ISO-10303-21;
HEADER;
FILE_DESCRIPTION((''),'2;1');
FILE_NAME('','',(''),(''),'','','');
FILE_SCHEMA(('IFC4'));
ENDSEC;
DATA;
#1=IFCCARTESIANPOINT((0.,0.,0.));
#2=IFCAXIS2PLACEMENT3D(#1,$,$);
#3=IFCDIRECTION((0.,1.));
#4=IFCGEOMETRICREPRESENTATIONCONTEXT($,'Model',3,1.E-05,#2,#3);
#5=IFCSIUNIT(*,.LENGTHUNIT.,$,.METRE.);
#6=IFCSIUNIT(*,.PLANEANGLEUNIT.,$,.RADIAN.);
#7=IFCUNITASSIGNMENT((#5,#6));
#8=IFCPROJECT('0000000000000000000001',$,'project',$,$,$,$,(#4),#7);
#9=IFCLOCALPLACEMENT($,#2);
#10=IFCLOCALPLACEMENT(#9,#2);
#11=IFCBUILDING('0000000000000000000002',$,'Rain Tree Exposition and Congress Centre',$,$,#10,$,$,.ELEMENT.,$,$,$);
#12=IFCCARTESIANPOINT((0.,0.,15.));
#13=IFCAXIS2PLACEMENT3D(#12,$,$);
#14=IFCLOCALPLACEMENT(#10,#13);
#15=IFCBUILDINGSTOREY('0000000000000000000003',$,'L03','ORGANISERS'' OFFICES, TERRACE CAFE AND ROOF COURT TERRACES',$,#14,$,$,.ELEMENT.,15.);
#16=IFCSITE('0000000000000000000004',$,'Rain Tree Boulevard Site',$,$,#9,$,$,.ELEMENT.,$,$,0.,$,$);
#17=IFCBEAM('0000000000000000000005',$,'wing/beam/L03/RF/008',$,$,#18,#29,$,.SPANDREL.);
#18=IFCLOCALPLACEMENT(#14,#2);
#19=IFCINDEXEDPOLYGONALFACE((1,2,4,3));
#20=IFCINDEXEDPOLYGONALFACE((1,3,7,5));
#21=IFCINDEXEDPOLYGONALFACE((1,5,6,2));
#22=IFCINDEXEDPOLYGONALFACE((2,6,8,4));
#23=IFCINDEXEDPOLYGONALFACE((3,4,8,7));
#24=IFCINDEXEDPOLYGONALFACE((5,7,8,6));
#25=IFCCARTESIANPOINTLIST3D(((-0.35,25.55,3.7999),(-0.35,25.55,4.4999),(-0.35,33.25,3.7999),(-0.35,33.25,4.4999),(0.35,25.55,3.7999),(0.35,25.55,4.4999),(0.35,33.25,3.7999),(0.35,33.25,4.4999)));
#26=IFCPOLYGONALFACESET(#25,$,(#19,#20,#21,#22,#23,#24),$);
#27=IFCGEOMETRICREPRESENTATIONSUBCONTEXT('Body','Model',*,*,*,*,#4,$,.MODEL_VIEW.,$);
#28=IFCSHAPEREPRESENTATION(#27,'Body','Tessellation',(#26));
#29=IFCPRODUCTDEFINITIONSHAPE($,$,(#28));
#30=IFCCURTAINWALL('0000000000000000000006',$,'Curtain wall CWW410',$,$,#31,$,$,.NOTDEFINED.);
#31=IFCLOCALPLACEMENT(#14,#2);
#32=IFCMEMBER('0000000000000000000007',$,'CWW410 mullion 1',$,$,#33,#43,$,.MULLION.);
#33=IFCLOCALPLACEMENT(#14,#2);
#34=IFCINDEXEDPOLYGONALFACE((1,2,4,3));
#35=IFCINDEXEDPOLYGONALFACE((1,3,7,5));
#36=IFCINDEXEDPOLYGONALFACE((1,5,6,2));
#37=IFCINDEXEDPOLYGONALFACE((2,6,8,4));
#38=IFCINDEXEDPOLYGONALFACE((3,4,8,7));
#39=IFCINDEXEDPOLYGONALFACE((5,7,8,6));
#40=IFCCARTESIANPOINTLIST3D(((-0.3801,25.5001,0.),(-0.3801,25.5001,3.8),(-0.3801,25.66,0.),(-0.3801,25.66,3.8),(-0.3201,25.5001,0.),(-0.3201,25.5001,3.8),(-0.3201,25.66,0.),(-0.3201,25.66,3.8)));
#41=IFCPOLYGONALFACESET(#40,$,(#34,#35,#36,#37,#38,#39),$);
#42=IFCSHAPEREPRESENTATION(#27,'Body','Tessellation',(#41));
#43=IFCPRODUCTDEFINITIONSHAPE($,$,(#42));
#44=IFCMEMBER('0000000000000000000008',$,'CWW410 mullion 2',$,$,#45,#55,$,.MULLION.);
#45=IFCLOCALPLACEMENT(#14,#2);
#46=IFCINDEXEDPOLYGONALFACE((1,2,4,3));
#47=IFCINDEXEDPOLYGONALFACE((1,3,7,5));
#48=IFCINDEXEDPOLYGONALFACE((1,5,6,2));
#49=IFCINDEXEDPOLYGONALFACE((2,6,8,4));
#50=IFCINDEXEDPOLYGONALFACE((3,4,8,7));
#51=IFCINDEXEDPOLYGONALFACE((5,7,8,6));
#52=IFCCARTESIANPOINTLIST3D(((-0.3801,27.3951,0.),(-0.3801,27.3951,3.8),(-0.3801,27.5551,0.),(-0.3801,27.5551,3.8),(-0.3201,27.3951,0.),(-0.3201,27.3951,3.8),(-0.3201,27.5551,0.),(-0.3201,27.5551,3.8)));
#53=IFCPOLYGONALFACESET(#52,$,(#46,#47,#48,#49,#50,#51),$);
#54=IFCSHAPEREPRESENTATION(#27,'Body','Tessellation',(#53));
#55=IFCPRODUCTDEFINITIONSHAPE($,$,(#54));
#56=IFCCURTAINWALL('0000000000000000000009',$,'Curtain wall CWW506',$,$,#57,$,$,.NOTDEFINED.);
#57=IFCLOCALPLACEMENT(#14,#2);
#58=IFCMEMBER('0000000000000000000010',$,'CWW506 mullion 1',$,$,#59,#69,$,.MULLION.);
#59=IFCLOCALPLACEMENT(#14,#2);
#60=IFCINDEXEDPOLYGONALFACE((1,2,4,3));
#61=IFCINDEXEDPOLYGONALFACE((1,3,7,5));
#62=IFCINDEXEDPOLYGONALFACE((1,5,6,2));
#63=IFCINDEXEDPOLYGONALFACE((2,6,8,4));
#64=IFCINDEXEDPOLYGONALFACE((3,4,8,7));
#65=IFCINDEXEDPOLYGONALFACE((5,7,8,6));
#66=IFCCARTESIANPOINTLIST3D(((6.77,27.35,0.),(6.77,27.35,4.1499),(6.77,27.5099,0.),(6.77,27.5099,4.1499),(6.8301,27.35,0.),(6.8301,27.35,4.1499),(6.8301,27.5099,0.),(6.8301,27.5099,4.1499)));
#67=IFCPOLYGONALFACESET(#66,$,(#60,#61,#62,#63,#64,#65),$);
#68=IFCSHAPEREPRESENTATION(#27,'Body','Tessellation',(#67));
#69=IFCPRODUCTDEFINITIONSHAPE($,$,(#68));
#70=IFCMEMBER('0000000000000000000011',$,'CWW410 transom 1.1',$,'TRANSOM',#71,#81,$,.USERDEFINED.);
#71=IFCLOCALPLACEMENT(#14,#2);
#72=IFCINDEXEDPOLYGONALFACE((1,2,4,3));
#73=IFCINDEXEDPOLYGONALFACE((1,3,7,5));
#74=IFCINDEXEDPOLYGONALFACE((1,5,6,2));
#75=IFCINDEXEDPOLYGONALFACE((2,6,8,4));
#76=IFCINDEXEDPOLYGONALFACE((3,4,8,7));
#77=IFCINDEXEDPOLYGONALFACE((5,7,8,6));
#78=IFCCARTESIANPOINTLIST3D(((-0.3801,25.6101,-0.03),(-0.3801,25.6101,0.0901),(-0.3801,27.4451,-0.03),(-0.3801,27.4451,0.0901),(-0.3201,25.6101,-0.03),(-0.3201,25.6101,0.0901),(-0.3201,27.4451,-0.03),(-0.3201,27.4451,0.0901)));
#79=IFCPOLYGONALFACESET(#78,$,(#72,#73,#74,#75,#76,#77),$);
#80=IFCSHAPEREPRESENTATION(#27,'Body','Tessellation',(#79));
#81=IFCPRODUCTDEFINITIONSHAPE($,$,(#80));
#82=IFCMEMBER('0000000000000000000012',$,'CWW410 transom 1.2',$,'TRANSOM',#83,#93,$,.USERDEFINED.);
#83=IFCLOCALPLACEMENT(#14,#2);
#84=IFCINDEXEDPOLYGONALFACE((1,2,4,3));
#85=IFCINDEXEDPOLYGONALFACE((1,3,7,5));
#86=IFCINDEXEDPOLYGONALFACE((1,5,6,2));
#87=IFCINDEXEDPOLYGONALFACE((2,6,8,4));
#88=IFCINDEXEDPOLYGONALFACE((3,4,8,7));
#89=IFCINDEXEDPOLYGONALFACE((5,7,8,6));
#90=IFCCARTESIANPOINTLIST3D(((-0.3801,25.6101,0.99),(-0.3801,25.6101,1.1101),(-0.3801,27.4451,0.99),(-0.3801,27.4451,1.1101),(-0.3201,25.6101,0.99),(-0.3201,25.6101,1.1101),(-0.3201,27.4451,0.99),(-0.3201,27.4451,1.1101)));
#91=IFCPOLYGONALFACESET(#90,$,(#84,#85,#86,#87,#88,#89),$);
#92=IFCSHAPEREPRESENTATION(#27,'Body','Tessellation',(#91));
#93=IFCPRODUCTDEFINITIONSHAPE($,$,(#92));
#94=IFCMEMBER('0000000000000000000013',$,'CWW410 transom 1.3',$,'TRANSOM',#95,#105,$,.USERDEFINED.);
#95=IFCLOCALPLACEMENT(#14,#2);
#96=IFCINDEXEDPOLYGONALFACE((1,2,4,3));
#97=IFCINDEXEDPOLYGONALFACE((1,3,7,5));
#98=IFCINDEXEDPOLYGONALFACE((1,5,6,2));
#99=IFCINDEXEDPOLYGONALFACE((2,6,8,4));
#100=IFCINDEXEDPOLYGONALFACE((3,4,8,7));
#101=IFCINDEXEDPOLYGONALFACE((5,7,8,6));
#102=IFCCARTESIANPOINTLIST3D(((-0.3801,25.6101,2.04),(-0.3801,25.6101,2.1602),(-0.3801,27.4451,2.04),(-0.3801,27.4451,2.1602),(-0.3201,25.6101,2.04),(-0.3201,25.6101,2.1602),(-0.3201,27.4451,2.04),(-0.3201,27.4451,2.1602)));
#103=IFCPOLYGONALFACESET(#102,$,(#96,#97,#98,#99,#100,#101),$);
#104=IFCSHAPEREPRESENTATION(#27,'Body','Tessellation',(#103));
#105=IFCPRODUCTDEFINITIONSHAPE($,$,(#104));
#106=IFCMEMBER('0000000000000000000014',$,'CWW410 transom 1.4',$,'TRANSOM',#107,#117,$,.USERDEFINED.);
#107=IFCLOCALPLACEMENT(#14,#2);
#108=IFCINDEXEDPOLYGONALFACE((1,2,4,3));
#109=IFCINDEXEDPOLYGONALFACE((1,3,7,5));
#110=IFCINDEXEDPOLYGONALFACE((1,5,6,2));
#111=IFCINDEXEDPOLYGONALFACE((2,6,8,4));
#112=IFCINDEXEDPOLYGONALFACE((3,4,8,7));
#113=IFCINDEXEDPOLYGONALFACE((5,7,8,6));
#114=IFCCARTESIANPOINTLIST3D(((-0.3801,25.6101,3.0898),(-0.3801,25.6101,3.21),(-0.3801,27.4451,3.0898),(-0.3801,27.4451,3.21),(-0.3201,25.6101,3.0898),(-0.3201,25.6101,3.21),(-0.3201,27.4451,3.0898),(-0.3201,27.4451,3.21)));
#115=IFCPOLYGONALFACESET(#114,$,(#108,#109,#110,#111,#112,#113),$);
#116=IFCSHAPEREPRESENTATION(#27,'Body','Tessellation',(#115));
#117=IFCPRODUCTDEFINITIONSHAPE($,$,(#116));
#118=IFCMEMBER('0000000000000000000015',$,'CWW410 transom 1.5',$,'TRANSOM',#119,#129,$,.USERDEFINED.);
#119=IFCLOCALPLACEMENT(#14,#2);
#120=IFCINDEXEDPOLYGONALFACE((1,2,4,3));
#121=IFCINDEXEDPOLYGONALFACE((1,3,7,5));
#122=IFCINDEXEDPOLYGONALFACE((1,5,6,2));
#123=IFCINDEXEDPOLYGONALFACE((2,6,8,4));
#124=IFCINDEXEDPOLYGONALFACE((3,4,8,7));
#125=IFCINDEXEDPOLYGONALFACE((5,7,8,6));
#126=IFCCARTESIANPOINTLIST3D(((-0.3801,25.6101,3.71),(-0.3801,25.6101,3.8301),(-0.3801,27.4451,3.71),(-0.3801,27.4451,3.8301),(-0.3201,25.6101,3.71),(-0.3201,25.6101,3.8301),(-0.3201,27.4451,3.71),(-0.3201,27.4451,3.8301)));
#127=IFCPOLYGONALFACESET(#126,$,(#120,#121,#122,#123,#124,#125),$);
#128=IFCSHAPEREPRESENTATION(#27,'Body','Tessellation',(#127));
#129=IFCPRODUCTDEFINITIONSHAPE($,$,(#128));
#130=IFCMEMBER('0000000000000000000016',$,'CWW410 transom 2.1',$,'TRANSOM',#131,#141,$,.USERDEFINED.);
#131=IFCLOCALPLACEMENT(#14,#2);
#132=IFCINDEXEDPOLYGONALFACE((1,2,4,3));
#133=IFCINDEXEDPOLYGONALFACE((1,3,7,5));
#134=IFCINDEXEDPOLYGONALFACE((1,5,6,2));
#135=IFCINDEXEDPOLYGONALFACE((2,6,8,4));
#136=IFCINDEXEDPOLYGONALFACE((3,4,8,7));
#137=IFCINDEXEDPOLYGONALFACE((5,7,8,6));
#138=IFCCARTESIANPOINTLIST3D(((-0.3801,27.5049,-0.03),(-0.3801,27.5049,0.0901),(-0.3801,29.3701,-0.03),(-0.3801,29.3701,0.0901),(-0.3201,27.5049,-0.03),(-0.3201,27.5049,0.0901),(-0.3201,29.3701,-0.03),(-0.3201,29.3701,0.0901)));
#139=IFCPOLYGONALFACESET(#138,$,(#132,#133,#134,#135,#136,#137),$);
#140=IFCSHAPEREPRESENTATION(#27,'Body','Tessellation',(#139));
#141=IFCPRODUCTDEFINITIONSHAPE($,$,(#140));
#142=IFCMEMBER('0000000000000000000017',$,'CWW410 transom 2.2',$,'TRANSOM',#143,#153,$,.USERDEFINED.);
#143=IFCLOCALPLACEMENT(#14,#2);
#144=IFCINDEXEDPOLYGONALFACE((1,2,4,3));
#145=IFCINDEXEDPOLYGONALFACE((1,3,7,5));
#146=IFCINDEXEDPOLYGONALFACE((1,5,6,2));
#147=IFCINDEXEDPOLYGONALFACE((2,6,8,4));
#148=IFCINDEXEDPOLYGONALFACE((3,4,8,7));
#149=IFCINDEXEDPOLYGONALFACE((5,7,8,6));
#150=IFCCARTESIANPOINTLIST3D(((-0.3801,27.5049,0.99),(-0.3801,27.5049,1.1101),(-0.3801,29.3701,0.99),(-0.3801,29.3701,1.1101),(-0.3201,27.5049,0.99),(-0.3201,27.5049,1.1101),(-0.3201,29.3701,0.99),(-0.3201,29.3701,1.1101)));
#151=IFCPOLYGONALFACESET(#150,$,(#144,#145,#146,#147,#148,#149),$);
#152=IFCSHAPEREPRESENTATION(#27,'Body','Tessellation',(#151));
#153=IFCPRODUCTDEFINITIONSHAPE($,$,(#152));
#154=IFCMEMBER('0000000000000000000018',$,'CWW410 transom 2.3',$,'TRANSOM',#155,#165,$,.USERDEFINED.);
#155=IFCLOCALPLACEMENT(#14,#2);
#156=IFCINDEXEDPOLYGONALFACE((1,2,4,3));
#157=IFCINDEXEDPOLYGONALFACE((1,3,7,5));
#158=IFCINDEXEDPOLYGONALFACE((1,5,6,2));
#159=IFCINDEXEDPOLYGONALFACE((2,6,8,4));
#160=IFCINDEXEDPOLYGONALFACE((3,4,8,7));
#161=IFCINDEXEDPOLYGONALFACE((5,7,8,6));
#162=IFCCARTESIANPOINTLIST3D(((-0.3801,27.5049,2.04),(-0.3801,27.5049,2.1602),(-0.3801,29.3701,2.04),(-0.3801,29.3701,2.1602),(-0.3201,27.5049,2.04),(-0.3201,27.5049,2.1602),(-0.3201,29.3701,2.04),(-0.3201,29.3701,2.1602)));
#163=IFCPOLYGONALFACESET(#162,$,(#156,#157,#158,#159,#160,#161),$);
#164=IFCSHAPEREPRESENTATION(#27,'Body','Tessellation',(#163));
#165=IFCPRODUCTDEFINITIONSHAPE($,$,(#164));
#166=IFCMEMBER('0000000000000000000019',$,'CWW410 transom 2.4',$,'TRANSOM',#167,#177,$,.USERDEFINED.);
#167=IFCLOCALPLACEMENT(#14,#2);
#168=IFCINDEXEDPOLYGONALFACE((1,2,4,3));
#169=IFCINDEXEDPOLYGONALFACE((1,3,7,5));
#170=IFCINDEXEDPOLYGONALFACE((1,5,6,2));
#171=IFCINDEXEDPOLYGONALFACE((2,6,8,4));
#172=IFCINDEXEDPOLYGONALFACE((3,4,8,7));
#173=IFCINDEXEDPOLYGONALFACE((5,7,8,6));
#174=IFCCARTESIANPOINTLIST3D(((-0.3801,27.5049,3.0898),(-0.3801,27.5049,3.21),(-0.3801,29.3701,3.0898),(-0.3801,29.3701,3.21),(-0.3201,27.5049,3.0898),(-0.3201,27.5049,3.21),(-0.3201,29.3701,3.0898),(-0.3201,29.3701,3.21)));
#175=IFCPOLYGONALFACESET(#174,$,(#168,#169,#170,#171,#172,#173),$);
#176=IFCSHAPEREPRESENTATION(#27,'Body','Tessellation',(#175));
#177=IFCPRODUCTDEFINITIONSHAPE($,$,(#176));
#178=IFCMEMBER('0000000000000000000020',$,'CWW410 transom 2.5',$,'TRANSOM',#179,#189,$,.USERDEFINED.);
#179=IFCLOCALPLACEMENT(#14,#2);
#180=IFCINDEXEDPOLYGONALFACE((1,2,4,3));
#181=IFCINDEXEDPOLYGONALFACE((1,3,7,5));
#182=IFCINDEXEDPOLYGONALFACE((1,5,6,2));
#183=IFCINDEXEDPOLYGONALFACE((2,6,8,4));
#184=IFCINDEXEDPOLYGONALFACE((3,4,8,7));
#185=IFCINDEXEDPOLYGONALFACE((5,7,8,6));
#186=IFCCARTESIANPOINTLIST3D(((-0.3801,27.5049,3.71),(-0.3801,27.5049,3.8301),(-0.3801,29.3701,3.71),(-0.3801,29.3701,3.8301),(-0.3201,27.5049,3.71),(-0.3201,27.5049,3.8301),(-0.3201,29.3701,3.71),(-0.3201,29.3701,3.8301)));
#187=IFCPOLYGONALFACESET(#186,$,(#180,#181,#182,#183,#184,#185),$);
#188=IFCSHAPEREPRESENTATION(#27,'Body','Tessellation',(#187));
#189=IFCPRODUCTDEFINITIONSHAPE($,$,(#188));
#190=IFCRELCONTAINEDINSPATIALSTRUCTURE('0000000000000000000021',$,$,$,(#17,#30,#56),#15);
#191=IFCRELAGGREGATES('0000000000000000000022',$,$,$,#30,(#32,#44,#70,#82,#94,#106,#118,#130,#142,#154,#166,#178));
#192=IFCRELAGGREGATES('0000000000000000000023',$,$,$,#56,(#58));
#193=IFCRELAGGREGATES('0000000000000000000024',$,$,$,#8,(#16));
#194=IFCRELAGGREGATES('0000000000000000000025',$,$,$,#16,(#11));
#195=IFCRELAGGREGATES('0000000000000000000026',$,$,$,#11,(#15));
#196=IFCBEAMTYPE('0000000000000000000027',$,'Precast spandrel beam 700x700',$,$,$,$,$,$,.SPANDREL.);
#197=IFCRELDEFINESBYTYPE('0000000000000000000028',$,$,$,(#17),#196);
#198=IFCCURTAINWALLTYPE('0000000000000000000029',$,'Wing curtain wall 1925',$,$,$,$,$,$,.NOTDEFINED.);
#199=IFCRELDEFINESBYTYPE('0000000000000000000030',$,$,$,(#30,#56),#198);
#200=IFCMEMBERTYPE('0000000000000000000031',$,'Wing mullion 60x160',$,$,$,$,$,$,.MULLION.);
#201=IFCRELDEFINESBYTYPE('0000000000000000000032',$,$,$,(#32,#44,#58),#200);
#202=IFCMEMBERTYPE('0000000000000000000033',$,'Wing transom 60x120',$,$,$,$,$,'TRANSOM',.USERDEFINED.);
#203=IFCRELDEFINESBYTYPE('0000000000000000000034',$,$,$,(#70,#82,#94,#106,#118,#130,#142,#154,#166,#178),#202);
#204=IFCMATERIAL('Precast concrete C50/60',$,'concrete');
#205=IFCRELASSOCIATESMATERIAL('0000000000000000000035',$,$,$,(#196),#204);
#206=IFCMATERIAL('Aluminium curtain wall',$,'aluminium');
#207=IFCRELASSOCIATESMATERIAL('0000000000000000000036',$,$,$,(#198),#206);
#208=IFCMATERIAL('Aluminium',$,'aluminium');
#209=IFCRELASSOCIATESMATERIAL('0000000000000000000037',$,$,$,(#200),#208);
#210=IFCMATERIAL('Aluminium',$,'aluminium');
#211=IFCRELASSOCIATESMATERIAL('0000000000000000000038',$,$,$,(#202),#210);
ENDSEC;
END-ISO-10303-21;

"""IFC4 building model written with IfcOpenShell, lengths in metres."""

from ifc_helpers import new_model, si_unit, direction, frame, origin, origin_2d, place, context, subcontext, project, spatial, rectangle, extrude, material, material_profile, profile_set, type_object, element, aggregate, save


model = new_model("IFC4")

# Units and contexts
model_context = context("Model", 3, precision=1e-05, world=origin(), true_north=direction((0.0, 1.0)))
body_context = subcontext(model_context, "Body", "Model", "MODEL_VIEW")
ifc_project = project(units=[si_unit("LENGTHUNIT", "METRE"), si_unit("PLANEANGLEUNIT", "RADIAN")], contexts=[model_context])

# Site, building, storey
site_placement = place(None, origin())
site = spatial("IfcSite", under=ifc_project, at=site_placement, Name="Rain Tree Boulevard Site", CompositionType="ELEMENT", RefElevation=0.0)
building_placement = place(site_placement, origin())
building = spatial("IfcBuilding", under=site, at=building_placement, Name="Rain Tree Exposition and Congress Centre", CompositionType="ELEMENT")
storey_placement = place(building_placement, frame((0.0, 0.0, 15.0)))
storey = spatial("IfcBuildingStorey", under=building, at=storey_placement, Name="L03", Description="ORGANISERS' OFFICES, TERRACE CAFE AND ROOF COURT TERRACES", CompositionType="ELEMENT", Elevation=15.0)

# Beam
ifc_material_1 = material(Name="Precast concrete C50/60", Category="concrete")
ifc_material_profile_1 = material_profile(ifc_material_1, rectangle(XDim=0.7, YDim=0.7, at=origin_2d()), Name="RC 700x700")
ifc_profile_set_1 = profile_set([ifc_material_profile_1], Name="Precast concrete C50/60")
beam_type = type_object("IfcBeamType", Name="Precast spandrel beam 700x700", PredefinedType="SPANDREL", material=ifc_profile_set_1)
beam_placement = place(storey_placement, frame((0.0, 25.55, 4.1499), z_axis=(0.0, 1.0, 0.0), x_axis=(-1.0, 0.0, 0.0)))
element("IfcBeam", 1, at=beam_placement, inside=storey, type_object=beam_type, Name="wing/beam/L03/RF/008", PredefinedType="SPANDREL", context=body_context, shape_type="SweptSolid", body=[
    extrude(rectangle(XDim=0.7, YDim=0.7, at=origin_2d()), origin(), (0.0, 0.0, 1.0), 7.7),
])

# Curtain wall, members
ifc_material_2 = material(Name="Aluminium curtain wall", Category="aluminium")
curtain_wall_type = type_object("IfcCurtainWallType", Name="Wing curtain wall 1925", PredefinedType="NOTDEFINED", material=ifc_material_2)
curtain_wall_1_placement = place(storey_placement, origin())
curtain_wall_1 = element("IfcCurtainWall", 2, at=curtain_wall_1_placement, inside=storey, type_object=curtain_wall_type, Name="Curtain wall CWW410", PredefinedType="NOTDEFINED")
ifc_material_3 = material(Name="Aluminium", Category="aluminium")
ifc_material_profile_2 = material_profile(ifc_material_3, rectangle(XDim=0.0601, YDim=0.1599, at=origin_2d()), Name="Aluminium 60x160")
ifc_profile_set_2 = profile_set([ifc_material_profile_2], Name="Aluminium")
member_type_1 = type_object("IfcMemberType", Name="Wing mullion 60x160", PredefinedType="MULLION", material=ifc_profile_set_2)
member_1_placement = place(storey_placement, frame((-0.3501, 25.5801, 0.0), z_axis=(0.0, 0.0, 1.0), x_axis=(-1.0, 0.0, 0.0)))
member_1 = element("IfcMember", 3, at=member_1_placement, type_object=member_type_1, Name="CWW410 mullion 1", PredefinedType="MULLION", context=body_context, shape_type="SweptSolid", body=[
    extrude(rectangle(XDim=0.0601, YDim=0.1599, at=origin_2d()), origin(), (0.0, 0.0, 1.0), 3.8),
])
member_2_placement = place(storey_placement, frame((-0.3501, 27.4751, 0.0), z_axis=(0.0, 0.0, 1.0), x_axis=(-1.0, 0.0, 0.0)))
member_2 = element("IfcMember", 4, at=member_2_placement, type_object=member_type_1, Name="CWW410 mullion 2", PredefinedType="MULLION", context=body_context, shape_type="SweptSolid", body=[
    extrude(rectangle(XDim=0.0601, YDim=0.1599, at=origin_2d()), origin(), (0.0, 0.0, 1.0), 3.8),
])

# Curtain wall, member
curtain_wall_2_placement = place(storey_placement, origin())
curtain_wall_2 = element("IfcCurtainWall", 5, at=curtain_wall_2_placement, inside=storey, type_object=curtain_wall_type, Name="Curtain wall CWW506", PredefinedType="NOTDEFINED")
member_3_placement = place(storey_placement, frame((6.8, 27.4299, 0.0), z_axis=(0.0, 0.0, 1.0), x_axis=(-1.0, 0.0, 0.0)))
member_3 = element("IfcMember", 6, at=member_3_placement, type_object=member_type_1, Name="CWW506 mullion 1", PredefinedType="MULLION", context=body_context, shape_type="SweptSolid", body=[
    extrude(rectangle(XDim=0.0601, YDim=0.1599, at=origin_2d()), origin(), (0.0, 0.0, 1.0), 4.1499),
])

# Members
ifc_material_4 = material(Name="Aluminium", Category="aluminium")
ifc_material_profile_3 = material_profile(ifc_material_4, rectangle(XDim=0.0601, YDim=0.1201, at=origin_2d()), Name="Aluminium 60x120")
ifc_profile_set_3 = profile_set([ifc_material_profile_3], Name="Aluminium")
member_type_2 = type_object("IfcMemberType", Name="Wing transom 60x120", ElementType="TRANSOM", PredefinedType="USERDEFINED", material=ifc_profile_set_3)
member_4_placement = place(storey_placement, frame((-0.3501, 25.6101, 0.03), z_axis=(0.0, 1.0, 0.0), x_axis=(-1.0, 0.0, 0.0)))
member_4 = element("IfcMember", 7, at=member_4_placement, type_object=member_type_2, Name="CWW410 transom 1.1", ObjectType="TRANSOM", PredefinedType="USERDEFINED", context=body_context, shape_type="SweptSolid", body=[
    extrude(rectangle(XDim=0.0601, YDim=0.1201, at=origin_2d()), origin(), (0.0, 0.0, 1.0), 1.835),
])
member_5_placement = place(storey_placement, frame((-0.3501, 25.6101, 1.05), z_axis=(0.0, 1.0, 0.0), x_axis=(-1.0, 0.0, 0.0)))
member_5 = element("IfcMember", 8, at=member_5_placement, type_object=member_type_2, Name="CWW410 transom 1.2", ObjectType="TRANSOM", PredefinedType="USERDEFINED", context=body_context, shape_type="SweptSolid", body=[
    extrude(rectangle(XDim=0.0601, YDim=0.1201, at=origin_2d()), origin(), (0.0, 0.0, 1.0), 1.835),
])
member_6_placement = place(storey_placement, frame((-0.3501, 25.6101, 2.1001), z_axis=(0.0, 1.0, 0.0), x_axis=(-1.0, 0.0, 0.0)))
member_6 = element("IfcMember", 9, at=member_6_placement, type_object=member_type_2, Name="CWW410 transom 1.3", ObjectType="TRANSOM", PredefinedType="USERDEFINED", context=body_context, shape_type="SweptSolid", body=[
    extrude(rectangle(XDim=0.0601, YDim=0.1201, at=origin_2d()), origin(), (0.0, 0.0, 1.0), 1.835),
])
member_7_placement = place(storey_placement, frame((-0.3501, 25.6101, 3.1499), z_axis=(0.0, 1.0, 0.0), x_axis=(-1.0, 0.0, 0.0)))
member_7 = element("IfcMember", 10, at=member_7_placement, type_object=member_type_2, Name="CWW410 transom 1.4", ObjectType="TRANSOM", PredefinedType="USERDEFINED", context=body_context, shape_type="SweptSolid", body=[
    extrude(rectangle(XDim=0.0601, YDim=0.1201, at=origin_2d()), origin(), (0.0, 0.0, 1.0), 1.835),
])
member_8_placement = place(storey_placement, frame((-0.3501, 25.6101, 3.77), z_axis=(0.0, 1.0, 0.0), x_axis=(-1.0, 0.0, 0.0)))
member_8 = element("IfcMember", 11, at=member_8_placement, type_object=member_type_2, Name="CWW410 transom 1.5", ObjectType="TRANSOM", PredefinedType="USERDEFINED", context=body_context, shape_type="SweptSolid", body=[
    extrude(rectangle(XDim=0.0601, YDim=0.1201, at=origin_2d()), origin(), (0.0, 0.0, 1.0), 1.835),
])
member_9_placement = place(storey_placement, frame((-0.3501, 27.5049, 0.03), z_axis=(0.0, 1.0, 0.0), x_axis=(-1.0, 0.0, 0.0)))
member_9 = element("IfcMember", 12, at=member_9_placement, type_object=member_type_2, Name="CWW410 transom 2.1", ObjectType="TRANSOM", PredefinedType="USERDEFINED", context=body_context, shape_type="SweptSolid", body=[
    extrude(rectangle(XDim=0.0601, YDim=0.1201, at=origin_2d()), origin(), (0.0, 0.0, 1.0), 1.8652),
])
member_10_placement = place(storey_placement, frame((-0.3501, 27.5049, 1.05), z_axis=(0.0, 1.0, 0.0), x_axis=(-1.0, 0.0, 0.0)))
member_10 = element("IfcMember", 13, at=member_10_placement, type_object=member_type_2, Name="CWW410 transom 2.2", ObjectType="TRANSOM", PredefinedType="USERDEFINED", context=body_context, shape_type="SweptSolid", body=[
    extrude(rectangle(XDim=0.0601, YDim=0.1201, at=origin_2d()), origin(), (0.0, 0.0, 1.0), 1.8652),
])
member_11_placement = place(storey_placement, frame((-0.3501, 27.5049, 2.1001), z_axis=(0.0, 1.0, 0.0), x_axis=(-1.0, 0.0, 0.0)))
member_11 = element("IfcMember", 14, at=member_11_placement, type_object=member_type_2, Name="CWW410 transom 2.3", ObjectType="TRANSOM", PredefinedType="USERDEFINED", context=body_context, shape_type="SweptSolid", body=[
    extrude(rectangle(XDim=0.0601, YDim=0.1201, at=origin_2d()), origin(), (0.0, 0.0, 1.0), 1.8652),
])
member_12_placement = place(storey_placement, frame((-0.3501, 27.5049, 3.1499), z_axis=(0.0, 1.0, 0.0), x_axis=(-1.0, 0.0, 0.0)))
member_12 = element("IfcMember", 15, at=member_12_placement, type_object=member_type_2, Name="CWW410 transom 2.4", ObjectType="TRANSOM", PredefinedType="USERDEFINED", context=body_context, shape_type="SweptSolid", body=[
    extrude(rectangle(XDim=0.0601, YDim=0.1201, at=origin_2d()), origin(), (0.0, 0.0, 1.0), 1.8652),
])
member_13_placement = place(storey_placement, frame((-0.3501, 27.5049, 3.77), z_axis=(0.0, 1.0, 0.0), x_axis=(-1.0, 0.0, 0.0)))
member_13 = element("IfcMember", 16, at=member_13_placement, type_object=member_type_2, Name="CWW410 transom 2.5", ObjectType="TRANSOM", PredefinedType="USERDEFINED", context=body_context, shape_type="SweptSolid", body=[
    extrude(rectangle(XDim=0.0601, YDim=0.1201, at=origin_2d()), origin(), (0.0, 0.0, 1.0), 1.8652),
])

aggregate(curtain_wall_1, [member_1, member_2, member_4, member_5, member_6, member_7, member_8, member_9, member_10, member_11, member_12, member_13])
aggregate(curtain_wall_2, [member_3])

save(model, "model.ifc")
